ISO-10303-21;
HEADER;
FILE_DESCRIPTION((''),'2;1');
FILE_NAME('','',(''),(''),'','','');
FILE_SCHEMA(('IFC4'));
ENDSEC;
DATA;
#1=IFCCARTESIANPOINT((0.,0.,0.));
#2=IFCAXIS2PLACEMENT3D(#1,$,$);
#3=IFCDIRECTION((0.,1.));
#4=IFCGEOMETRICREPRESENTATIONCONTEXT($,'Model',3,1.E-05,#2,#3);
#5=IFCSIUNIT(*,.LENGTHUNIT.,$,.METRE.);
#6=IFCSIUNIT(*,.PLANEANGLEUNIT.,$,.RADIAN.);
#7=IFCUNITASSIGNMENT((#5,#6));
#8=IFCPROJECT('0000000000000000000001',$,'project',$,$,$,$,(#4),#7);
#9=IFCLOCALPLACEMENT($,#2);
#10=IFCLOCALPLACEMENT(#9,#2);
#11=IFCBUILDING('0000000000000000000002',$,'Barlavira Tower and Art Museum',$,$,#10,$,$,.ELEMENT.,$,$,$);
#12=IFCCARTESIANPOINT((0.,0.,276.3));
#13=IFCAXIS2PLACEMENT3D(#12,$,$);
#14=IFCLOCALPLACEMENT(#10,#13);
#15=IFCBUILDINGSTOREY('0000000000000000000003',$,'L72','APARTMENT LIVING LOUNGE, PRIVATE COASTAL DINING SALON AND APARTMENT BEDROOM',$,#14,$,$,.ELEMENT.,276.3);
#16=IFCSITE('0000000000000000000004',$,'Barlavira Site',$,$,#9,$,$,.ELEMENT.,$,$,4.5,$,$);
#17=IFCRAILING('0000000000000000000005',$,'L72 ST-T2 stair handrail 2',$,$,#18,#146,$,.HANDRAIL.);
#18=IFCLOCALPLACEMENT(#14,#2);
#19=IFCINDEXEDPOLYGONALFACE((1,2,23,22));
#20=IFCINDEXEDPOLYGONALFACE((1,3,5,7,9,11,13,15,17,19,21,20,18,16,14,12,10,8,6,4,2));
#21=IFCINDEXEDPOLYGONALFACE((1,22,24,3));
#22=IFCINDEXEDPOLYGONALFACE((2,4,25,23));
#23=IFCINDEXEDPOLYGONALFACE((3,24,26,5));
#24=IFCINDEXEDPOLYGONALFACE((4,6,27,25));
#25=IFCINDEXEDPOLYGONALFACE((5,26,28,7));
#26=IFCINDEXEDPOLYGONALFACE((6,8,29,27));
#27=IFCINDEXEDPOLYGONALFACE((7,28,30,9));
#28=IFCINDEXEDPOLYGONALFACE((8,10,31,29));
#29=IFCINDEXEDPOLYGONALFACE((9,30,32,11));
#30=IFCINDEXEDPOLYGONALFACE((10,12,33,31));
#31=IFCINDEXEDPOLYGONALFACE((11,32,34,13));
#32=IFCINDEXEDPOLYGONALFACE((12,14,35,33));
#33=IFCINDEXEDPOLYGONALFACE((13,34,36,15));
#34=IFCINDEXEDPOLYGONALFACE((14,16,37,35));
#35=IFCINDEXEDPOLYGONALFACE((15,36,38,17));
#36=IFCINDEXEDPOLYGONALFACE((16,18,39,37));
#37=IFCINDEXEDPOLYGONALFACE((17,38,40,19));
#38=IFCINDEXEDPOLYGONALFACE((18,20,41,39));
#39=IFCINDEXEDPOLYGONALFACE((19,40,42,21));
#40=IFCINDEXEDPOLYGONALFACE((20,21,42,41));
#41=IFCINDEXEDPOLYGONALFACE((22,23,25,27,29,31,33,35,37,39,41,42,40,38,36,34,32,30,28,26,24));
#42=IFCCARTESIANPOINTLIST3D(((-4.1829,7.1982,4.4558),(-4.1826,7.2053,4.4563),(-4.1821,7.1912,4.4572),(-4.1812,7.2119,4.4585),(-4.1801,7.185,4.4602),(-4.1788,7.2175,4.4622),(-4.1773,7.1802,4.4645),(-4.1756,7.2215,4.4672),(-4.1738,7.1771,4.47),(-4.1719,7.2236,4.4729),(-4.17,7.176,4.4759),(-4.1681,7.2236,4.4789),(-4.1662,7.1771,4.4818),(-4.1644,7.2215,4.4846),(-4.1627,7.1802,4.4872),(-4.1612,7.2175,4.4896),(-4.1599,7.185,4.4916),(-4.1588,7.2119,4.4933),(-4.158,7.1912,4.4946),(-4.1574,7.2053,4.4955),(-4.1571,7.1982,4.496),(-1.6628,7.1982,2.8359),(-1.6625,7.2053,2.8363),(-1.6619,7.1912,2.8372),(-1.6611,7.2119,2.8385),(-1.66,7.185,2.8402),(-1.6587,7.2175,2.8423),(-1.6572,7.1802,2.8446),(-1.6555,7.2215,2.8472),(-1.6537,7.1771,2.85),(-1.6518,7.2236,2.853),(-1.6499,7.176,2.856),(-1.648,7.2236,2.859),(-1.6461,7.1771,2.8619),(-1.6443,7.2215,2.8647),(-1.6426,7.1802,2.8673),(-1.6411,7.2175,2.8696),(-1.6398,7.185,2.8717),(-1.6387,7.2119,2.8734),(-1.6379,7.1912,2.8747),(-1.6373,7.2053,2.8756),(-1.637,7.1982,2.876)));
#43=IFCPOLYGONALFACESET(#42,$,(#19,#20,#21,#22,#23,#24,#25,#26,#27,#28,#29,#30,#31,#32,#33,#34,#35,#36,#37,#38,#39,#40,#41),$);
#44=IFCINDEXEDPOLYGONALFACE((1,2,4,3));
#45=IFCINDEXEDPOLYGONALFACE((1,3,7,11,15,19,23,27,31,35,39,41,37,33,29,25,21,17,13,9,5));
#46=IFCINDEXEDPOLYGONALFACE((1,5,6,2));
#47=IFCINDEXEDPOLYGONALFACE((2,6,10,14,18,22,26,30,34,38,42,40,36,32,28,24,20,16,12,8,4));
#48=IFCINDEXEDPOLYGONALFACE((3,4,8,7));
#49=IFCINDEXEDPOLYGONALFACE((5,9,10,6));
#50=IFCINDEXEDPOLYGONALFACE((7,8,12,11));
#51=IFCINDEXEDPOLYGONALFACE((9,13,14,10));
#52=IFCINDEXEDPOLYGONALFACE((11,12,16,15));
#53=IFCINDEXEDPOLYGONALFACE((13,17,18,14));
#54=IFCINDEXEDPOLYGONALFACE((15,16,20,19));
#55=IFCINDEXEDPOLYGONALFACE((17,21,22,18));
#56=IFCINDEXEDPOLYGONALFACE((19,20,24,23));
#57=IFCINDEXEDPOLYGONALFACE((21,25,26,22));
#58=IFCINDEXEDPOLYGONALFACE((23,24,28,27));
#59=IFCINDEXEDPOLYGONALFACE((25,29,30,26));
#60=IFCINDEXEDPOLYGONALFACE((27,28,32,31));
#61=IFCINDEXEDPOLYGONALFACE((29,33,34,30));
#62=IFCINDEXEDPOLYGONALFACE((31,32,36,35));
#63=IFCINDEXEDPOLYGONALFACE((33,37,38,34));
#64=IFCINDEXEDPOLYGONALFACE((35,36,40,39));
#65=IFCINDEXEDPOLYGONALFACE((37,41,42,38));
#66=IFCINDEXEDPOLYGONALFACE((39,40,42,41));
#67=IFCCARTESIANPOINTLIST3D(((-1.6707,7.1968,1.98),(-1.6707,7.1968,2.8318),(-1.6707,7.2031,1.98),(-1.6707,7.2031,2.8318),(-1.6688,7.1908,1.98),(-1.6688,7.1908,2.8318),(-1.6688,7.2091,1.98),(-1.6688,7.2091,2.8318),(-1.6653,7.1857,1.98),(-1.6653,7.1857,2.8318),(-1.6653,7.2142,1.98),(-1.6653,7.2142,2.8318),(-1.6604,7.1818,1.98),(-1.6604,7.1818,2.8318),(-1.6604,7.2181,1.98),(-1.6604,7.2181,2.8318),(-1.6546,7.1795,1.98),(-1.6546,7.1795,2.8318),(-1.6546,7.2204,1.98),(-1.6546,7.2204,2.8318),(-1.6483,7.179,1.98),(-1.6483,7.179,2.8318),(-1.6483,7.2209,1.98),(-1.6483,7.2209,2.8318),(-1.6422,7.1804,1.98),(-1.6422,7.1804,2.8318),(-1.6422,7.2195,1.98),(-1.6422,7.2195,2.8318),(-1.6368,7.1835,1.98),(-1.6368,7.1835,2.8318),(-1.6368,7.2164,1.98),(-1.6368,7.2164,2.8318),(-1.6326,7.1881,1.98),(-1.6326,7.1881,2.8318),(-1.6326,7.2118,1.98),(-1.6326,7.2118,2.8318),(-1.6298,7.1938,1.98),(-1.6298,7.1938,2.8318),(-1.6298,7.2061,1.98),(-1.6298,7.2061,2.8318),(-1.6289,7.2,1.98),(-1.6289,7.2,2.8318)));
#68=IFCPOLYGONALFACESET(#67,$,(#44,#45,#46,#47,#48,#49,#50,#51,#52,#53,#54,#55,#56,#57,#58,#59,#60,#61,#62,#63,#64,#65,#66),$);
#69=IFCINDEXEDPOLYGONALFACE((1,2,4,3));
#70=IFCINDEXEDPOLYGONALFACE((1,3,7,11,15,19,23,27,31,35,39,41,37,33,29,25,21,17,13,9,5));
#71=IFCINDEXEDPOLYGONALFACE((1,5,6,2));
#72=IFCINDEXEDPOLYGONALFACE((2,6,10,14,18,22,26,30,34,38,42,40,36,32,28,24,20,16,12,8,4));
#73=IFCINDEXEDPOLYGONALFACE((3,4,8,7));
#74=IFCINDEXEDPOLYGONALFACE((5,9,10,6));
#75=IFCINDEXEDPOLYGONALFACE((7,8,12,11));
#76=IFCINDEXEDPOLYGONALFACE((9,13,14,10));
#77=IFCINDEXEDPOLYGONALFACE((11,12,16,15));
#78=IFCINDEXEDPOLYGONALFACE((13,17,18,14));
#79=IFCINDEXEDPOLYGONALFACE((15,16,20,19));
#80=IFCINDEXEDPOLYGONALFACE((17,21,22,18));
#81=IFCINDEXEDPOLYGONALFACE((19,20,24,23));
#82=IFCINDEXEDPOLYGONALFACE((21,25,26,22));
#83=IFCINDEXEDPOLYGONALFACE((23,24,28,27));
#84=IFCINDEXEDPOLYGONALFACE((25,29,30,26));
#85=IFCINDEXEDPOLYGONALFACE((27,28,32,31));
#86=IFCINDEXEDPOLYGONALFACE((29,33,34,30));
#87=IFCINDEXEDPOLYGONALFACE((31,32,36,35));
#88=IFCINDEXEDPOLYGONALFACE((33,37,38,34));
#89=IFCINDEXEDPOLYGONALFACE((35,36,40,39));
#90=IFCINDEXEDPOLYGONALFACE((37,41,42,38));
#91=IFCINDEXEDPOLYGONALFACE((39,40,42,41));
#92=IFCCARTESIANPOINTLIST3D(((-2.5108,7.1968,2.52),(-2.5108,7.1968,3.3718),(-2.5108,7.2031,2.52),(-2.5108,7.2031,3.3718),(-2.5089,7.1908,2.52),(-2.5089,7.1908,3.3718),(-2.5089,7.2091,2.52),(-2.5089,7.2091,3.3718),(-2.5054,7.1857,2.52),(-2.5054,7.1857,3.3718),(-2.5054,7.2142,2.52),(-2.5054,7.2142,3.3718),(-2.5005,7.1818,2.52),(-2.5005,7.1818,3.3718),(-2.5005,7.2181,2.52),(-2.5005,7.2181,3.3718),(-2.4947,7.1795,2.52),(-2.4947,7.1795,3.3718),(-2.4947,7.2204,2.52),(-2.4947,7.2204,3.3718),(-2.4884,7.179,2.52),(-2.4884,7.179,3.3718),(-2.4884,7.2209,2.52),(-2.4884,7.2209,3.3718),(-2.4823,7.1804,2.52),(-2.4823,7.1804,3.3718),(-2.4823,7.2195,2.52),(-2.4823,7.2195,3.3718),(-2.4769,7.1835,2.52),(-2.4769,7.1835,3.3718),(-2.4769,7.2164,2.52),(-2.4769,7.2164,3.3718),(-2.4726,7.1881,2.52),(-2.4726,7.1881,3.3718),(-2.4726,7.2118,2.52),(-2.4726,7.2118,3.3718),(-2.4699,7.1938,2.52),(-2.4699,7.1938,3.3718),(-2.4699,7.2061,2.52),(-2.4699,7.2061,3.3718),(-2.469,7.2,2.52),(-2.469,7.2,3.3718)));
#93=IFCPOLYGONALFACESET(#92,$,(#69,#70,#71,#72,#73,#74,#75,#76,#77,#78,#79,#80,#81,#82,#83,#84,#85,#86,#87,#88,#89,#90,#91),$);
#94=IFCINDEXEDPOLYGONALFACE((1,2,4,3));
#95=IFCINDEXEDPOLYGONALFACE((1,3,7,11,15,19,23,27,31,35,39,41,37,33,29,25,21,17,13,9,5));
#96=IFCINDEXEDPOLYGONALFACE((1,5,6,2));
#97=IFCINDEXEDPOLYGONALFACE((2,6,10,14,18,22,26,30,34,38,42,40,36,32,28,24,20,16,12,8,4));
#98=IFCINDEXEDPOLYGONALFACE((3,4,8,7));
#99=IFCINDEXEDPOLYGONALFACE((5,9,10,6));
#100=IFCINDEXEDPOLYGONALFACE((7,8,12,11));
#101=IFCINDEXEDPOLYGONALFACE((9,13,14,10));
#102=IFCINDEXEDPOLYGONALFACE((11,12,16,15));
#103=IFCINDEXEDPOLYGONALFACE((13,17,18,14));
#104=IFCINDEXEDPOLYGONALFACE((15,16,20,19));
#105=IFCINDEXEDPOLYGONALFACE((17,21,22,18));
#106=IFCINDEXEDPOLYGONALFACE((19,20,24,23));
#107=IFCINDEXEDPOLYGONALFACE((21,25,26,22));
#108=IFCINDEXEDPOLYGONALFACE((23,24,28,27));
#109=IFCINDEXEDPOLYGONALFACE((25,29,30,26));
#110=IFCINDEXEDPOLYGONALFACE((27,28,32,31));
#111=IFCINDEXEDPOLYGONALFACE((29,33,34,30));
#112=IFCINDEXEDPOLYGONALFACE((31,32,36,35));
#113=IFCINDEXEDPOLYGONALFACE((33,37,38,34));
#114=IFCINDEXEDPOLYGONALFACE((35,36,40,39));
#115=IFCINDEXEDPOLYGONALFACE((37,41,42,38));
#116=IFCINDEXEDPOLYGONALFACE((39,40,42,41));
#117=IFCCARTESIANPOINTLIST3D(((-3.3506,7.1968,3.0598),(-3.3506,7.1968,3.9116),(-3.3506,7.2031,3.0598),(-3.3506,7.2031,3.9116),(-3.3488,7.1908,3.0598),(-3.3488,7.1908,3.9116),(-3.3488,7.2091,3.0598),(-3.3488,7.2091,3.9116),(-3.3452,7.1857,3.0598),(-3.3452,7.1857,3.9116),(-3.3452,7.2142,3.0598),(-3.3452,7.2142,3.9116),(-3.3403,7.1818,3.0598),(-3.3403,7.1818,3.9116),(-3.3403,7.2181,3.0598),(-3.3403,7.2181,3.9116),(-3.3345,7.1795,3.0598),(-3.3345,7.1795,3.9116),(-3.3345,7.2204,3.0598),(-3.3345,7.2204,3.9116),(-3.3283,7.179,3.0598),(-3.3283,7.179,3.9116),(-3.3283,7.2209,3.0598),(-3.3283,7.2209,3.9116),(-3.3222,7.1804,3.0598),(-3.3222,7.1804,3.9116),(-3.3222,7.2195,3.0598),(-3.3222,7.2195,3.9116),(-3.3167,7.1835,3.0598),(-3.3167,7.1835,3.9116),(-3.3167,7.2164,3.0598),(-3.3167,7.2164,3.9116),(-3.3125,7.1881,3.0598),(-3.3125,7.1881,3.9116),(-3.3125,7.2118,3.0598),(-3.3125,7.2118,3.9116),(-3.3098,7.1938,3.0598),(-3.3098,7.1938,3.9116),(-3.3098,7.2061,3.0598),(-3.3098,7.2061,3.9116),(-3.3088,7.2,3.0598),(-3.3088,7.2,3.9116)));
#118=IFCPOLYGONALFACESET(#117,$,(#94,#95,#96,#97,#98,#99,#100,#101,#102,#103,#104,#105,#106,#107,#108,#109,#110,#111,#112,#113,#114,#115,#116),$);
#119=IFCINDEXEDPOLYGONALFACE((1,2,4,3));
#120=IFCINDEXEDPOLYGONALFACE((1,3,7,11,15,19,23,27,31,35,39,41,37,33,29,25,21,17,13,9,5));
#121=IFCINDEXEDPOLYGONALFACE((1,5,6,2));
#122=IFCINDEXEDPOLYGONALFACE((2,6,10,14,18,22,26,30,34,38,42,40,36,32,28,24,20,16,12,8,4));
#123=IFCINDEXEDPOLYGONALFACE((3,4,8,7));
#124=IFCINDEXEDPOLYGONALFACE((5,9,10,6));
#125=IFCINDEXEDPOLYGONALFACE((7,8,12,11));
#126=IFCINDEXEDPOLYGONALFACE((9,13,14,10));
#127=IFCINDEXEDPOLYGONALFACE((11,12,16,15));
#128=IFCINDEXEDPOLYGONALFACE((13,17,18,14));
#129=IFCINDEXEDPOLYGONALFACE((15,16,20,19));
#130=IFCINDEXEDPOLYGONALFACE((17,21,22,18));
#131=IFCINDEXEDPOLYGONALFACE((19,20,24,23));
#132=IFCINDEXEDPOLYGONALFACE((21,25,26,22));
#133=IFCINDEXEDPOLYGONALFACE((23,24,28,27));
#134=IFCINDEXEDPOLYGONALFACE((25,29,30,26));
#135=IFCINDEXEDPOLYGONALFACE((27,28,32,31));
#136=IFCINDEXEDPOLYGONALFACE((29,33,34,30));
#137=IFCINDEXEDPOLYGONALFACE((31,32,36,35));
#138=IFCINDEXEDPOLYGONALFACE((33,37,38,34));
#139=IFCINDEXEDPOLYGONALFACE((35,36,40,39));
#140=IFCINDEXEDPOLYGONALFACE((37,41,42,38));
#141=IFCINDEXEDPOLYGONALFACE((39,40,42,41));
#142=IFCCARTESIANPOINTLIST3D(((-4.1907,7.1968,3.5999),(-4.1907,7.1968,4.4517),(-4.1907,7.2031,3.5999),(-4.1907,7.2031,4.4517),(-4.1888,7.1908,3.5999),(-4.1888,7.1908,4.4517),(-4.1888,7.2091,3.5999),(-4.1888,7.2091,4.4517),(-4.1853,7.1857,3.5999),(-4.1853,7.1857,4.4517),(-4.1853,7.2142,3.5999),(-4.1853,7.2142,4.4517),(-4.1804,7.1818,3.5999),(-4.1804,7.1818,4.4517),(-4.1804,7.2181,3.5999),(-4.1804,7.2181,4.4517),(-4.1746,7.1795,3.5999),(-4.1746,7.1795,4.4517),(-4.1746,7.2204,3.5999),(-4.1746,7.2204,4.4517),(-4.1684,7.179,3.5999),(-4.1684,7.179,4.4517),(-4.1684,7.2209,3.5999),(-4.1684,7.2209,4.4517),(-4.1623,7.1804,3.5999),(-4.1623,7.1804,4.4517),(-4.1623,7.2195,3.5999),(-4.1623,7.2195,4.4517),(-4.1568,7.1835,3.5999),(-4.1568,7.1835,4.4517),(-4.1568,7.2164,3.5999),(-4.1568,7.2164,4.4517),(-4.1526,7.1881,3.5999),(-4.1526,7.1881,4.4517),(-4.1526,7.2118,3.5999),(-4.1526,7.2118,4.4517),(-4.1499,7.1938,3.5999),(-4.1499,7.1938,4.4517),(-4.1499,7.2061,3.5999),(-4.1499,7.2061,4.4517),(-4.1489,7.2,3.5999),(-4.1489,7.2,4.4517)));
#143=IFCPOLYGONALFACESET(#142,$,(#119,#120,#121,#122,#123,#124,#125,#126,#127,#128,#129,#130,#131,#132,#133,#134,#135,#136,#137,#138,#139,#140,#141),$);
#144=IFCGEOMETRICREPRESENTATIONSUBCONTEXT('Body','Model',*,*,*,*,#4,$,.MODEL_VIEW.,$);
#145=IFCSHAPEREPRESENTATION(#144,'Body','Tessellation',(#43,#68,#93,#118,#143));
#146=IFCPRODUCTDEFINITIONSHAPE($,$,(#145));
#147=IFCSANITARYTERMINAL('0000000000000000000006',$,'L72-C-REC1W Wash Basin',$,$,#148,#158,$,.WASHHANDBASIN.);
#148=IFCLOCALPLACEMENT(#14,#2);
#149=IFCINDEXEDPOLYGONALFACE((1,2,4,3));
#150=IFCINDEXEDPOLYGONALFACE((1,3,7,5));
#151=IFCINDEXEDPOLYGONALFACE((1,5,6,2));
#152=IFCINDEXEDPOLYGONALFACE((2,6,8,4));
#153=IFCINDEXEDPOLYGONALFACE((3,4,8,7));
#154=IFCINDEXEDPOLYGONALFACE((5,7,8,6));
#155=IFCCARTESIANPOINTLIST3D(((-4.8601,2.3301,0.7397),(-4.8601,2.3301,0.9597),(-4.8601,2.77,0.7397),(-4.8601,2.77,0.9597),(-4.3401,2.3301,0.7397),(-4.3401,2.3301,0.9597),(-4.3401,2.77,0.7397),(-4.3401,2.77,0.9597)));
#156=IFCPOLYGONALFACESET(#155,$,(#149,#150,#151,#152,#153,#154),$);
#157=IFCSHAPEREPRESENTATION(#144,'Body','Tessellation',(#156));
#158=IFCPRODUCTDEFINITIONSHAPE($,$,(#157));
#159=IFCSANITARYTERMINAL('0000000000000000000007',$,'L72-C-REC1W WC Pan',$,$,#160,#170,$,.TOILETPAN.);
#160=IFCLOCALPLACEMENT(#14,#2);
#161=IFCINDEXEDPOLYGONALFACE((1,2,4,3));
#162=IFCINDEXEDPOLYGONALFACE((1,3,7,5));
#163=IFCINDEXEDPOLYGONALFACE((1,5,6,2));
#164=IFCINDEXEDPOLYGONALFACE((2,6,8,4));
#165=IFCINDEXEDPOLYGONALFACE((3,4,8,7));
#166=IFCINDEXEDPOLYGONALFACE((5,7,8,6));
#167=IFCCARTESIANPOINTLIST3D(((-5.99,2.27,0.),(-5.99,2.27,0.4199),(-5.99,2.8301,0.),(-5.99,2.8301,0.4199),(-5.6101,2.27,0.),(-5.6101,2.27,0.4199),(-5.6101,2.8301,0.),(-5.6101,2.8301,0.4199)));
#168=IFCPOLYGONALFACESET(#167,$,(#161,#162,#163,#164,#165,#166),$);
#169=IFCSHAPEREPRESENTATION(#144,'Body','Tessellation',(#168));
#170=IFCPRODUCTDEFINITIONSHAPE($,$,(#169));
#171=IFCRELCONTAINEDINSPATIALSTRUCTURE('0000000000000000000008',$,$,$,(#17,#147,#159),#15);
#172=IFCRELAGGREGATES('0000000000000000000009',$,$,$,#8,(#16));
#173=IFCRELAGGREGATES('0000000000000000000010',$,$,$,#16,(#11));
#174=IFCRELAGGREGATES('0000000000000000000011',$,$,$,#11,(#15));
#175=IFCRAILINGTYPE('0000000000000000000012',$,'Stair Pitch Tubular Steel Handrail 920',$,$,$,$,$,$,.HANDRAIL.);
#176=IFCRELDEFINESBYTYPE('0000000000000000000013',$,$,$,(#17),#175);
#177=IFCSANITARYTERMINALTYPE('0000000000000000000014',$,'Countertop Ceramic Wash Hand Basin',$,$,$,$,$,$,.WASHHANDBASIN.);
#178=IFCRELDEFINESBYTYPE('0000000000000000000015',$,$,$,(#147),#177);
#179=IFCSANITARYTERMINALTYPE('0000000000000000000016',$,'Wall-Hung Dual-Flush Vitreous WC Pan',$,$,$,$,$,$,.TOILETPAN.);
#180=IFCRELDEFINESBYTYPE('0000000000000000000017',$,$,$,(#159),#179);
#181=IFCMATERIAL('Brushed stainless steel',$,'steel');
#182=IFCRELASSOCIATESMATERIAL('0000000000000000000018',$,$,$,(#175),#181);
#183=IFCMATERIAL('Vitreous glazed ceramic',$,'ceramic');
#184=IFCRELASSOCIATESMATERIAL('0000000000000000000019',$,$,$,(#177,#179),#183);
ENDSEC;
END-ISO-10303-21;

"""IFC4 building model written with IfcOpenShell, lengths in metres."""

from ifc_helpers import new_model, si_unit, direction, frame, origin, origin_2d, place, context, subcontext, project, spatial, rectangle, circle, extrude, material, type_object, element, save


model = new_model("IFC4")

# Units and contexts
model_context = context("Model", 3, precision=1e-05, world=origin(), true_north=direction((0.0, 1.0)))
body_context = subcontext(model_context, "Body", "Model", "MODEL_VIEW")
ifc_project = project(units=[si_unit("LENGTHUNIT", "METRE"), si_unit("PLANEANGLEUNIT", "RADIAN")], contexts=[model_context])

# Site, building, storey
site_placement = place(None, origin())
site = spatial("IfcSite", under=ifc_project, at=site_placement, Name="Barlavira Site", CompositionType="ELEMENT", RefElevation=4.5)
building_placement = place(site_placement, origin())
building = spatial("IfcBuilding", under=site, at=building_placement, Name="Barlavira Tower and Art Museum", CompositionType="ELEMENT")
storey_placement = place(building_placement, frame((0.0, 0.0, 276.3)))
storey = spatial("IfcBuildingStorey", under=building, at=storey_placement, Name="L72", Description="APARTMENT LIVING LOUNGE, PRIVATE COASTAL DINING SALON AND APARTMENT BEDROOM", CompositionType="ELEMENT", Elevation=276.3)

# Shared definitions
ifc_material_1 = material(Name="Brushed stainless steel", Category="steel")

# Railing
railing_type_1 = type_object("IfcRailingType", Name="Stair Pitch Tubular Steel Handrail 920", PredefinedType="HANDRAIL", material=ifc_material_1)
railing_1_placement = place(storey_placement, frame((-1.6499, 7.2, 1.98)))
element("IfcRailing", 1, at=railing_1_placement, inside=storey, type_object=railing_type_1, Name="L72 ST-T2 stair handrail 2", PredefinedType="HANDRAIL", context=body_context, shape_type="SweptSolid", body=[
    extrude(circle(Radius=0.0239, at=origin_2d()), frame((0.0, 0.0, 0.876), z_axis=(-0.8412, 0.0, 0.540725), x_axis=(0.0, -1.0, 0.0)), (0.0, 0.0, 1.0), 2.9958),
    extrude(circle(Radius=0.021, at=origin_2d()), origin(), (0.0, 0.0, 1.0), 0.8518),
    extrude(circle(Radius=0.021, at=origin_2d()), frame((-0.8401, 0.0, 0.54)), (0.0, 0.0, 1.0), 0.8518),
    extrude(circle(Radius=0.021, at=origin_2d()), frame((-1.6799, 0.0, 1.0798)), (0.0, 0.0, 1.0), 0.8518),
    extrude(circle(Radius=0.021, at=origin_2d()), frame((-2.52, 0.0, 1.6199)), (0.0, 0.0, 1.0), 0.8518),
])

# Sanitary terminals
ifc_material_2 = material(Name="Vitreous glazed ceramic", Category="ceramic")
sanitary_terminal_type_1 = type_object("IfcSanitaryTerminalType", Name="Countertop Ceramic Wash Hand Basin", PredefinedType="WASHHANDBASIN", material=ifc_material_2)
sanitary_terminal_1_placement = place(storey_placement, frame((-4.6001, 2.55, 0.7397), z_axis=(0.0, 0.0, 1.0), x_axis=(1.0, 0.0, 0.0)))
element("IfcSanitaryTerminal", 2, at=sanitary_terminal_1_placement, inside=storey, type_object=sanitary_terminal_type_1, Name="L72-C-REC1W Wash Basin", PredefinedType="WASHHANDBASIN", context=body_context, shape_type="SweptSolid", body=[
    extrude(rectangle(XDim=0.52, YDim=0.4399, at=origin_2d()), origin(), (0.0, 0.0, 1.0), 0.22),
])
sanitary_terminal_type_2 = type_object("IfcSanitaryTerminalType", Name="Wall-Hung Dual-Flush Vitreous WC Pan", PredefinedType="TOILETPAN", material=ifc_material_2)
sanitary_terminal_2_placement = place(storey_placement, frame((-5.8, 2.55, 0.0), z_axis=(0.0, 0.0, 1.0), x_axis=(1.0, 0.0, 0.0)))
element("IfcSanitaryTerminal", 3, at=sanitary_terminal_2_placement, inside=storey, type_object=sanitary_terminal_type_2, Name="L72-C-REC1W WC Pan", PredefinedType="TOILETPAN", context=body_context, shape_type="SweptSolid", body=[
    extrude(rectangle(XDim=0.3799, YDim=0.5601, at=origin_2d()), origin(), (0.0, 0.0, 1.0), 0.4199),
])

save(model, "model.ifc")
